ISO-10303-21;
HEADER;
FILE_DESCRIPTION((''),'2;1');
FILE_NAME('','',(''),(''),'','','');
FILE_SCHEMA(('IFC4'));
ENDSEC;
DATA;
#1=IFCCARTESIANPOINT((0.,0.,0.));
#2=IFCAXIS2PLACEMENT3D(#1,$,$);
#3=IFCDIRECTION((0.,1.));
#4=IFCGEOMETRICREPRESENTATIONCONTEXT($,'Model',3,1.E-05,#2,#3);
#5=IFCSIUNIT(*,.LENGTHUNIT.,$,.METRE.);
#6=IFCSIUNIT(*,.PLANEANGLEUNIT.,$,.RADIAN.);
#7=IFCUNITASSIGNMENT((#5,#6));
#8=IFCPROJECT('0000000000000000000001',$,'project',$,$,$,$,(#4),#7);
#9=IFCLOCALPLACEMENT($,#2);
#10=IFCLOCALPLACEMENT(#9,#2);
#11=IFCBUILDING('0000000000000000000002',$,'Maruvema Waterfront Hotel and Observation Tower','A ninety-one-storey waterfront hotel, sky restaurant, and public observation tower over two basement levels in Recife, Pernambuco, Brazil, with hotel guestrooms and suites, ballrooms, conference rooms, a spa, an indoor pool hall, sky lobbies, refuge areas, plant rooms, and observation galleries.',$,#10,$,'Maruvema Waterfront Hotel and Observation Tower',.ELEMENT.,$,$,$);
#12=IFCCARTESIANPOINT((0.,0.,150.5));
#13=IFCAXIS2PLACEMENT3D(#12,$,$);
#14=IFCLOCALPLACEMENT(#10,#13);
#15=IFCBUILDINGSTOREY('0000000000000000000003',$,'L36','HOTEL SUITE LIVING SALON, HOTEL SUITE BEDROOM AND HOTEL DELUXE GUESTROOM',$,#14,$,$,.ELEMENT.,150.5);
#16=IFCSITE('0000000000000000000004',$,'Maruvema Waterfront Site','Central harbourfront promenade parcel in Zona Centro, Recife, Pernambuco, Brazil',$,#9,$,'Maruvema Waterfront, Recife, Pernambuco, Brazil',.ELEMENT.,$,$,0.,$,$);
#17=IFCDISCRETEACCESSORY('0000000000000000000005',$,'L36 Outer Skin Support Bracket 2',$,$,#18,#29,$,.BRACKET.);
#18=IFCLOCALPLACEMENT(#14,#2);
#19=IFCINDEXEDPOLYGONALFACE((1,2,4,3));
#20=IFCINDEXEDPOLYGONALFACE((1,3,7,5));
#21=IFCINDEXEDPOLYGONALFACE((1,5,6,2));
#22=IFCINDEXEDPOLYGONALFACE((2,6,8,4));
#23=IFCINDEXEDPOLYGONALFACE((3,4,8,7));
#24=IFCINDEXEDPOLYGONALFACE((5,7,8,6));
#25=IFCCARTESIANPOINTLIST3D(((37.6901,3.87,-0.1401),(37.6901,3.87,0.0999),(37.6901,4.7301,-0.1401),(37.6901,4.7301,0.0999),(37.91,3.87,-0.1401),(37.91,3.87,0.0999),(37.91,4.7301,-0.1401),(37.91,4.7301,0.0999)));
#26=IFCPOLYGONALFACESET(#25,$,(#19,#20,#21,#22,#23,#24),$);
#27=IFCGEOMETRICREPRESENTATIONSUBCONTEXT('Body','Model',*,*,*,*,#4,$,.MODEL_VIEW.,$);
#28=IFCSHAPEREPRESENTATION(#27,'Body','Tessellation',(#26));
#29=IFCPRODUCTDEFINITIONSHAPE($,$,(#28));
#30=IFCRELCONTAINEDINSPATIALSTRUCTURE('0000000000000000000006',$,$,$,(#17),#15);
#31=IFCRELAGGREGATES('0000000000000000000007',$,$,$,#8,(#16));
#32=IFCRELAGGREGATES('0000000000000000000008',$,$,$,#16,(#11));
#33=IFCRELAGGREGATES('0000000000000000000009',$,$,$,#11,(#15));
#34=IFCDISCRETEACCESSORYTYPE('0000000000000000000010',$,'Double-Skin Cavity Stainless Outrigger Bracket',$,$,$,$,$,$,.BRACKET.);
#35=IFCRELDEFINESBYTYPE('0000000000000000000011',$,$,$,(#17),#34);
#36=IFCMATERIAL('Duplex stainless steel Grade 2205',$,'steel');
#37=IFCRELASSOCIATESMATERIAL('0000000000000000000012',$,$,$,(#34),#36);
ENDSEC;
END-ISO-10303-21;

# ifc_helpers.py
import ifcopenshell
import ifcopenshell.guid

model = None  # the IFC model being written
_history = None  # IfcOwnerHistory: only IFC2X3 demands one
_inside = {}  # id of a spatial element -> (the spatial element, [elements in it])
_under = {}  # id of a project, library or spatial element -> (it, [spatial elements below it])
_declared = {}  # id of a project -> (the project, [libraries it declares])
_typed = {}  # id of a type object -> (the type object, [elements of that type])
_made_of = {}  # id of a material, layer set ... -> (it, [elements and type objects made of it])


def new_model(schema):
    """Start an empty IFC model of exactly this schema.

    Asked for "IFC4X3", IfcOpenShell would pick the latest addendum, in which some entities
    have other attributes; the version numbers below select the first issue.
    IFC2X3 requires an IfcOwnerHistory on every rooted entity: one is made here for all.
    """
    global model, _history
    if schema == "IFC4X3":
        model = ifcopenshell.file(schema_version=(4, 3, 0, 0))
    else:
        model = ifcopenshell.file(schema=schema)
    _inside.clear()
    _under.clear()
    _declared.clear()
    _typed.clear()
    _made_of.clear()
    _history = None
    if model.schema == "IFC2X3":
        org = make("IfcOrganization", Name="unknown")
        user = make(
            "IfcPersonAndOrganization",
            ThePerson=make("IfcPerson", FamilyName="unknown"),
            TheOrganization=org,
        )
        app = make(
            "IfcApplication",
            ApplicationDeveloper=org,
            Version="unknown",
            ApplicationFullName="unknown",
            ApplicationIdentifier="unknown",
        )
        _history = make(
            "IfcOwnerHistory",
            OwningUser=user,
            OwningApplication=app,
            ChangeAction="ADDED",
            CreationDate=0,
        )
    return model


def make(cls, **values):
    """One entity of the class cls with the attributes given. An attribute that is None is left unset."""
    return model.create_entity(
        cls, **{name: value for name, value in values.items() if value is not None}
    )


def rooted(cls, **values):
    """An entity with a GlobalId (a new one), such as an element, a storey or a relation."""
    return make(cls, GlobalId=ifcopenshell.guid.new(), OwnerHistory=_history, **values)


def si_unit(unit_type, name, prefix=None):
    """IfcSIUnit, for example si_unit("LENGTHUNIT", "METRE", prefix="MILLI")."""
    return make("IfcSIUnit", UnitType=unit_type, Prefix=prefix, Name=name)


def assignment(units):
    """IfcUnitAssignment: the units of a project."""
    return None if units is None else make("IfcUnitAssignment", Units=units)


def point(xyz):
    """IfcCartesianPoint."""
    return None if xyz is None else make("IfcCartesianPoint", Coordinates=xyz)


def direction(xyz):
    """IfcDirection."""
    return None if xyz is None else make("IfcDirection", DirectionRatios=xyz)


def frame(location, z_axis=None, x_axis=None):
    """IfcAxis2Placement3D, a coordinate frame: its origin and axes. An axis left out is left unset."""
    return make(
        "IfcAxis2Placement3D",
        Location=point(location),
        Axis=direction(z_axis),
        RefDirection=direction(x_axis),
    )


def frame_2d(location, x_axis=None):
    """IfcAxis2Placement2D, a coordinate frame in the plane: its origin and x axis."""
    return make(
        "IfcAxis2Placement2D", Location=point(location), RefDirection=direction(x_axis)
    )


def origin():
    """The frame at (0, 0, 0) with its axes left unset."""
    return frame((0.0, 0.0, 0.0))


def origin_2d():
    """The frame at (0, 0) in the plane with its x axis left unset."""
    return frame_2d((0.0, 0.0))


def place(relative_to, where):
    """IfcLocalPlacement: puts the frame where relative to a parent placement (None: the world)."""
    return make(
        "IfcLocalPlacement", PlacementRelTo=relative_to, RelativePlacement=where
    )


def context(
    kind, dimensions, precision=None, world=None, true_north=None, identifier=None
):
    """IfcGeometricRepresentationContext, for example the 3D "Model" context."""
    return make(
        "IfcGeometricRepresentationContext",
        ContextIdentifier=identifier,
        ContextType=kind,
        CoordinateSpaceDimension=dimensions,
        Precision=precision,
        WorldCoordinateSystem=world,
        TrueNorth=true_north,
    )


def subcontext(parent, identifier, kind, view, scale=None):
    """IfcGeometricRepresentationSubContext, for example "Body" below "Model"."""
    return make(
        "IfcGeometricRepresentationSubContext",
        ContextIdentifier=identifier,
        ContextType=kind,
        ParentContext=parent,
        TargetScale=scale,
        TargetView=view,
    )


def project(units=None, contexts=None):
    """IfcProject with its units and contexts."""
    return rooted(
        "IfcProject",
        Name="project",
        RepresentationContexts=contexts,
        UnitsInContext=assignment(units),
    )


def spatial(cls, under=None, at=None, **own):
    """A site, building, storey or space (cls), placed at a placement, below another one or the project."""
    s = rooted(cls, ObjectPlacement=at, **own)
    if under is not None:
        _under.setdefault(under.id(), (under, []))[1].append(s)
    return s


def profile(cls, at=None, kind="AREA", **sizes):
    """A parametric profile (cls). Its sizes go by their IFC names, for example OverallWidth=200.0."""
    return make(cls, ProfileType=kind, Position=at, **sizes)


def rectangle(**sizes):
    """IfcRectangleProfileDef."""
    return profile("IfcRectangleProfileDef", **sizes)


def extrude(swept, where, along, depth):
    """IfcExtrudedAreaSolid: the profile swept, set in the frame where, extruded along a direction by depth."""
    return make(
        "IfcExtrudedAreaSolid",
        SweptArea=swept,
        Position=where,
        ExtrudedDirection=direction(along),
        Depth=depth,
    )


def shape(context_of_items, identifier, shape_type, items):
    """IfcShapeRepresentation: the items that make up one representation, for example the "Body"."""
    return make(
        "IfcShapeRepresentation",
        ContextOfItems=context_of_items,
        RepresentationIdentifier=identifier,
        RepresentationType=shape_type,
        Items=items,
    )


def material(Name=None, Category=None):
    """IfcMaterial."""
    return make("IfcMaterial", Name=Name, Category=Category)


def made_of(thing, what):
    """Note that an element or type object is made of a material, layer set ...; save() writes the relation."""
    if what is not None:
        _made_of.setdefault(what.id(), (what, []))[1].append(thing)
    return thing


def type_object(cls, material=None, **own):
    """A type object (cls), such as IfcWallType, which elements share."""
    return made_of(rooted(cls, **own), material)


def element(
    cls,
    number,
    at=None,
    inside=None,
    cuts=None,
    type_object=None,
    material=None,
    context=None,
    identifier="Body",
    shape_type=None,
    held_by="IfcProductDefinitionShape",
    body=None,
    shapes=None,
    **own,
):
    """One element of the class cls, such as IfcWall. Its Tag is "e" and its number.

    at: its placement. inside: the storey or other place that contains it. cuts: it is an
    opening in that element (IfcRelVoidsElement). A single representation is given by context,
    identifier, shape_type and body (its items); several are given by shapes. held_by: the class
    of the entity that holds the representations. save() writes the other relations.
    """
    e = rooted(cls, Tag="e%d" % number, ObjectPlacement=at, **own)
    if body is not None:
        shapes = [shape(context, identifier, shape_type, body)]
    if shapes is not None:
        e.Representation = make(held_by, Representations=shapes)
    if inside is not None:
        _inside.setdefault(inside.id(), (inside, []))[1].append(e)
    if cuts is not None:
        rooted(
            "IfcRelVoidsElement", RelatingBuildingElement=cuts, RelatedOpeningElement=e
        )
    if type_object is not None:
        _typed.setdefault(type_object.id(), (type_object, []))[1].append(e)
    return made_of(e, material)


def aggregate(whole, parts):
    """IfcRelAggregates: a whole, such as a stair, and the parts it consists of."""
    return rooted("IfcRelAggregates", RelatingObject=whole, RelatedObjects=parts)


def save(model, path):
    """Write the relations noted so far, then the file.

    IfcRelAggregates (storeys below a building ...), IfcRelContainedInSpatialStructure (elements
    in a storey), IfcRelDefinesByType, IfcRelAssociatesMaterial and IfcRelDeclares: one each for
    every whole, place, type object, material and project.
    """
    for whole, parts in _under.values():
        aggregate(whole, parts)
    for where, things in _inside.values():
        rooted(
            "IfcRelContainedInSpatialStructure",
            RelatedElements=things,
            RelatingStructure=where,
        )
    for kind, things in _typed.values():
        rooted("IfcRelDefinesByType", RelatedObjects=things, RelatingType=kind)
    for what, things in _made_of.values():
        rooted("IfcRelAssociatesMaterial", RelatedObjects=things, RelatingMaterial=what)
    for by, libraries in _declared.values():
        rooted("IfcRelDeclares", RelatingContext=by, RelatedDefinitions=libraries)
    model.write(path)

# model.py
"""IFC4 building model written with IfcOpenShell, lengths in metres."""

from ifc_helpers import new_model, si_unit, direction, frame, origin, origin_2d, place, context, subcontext, project, spatial, rectangle, extrude, material, type_object, element, save


model = new_model("IFC4")

# Units and contexts
model_context = context("Model", 3, precision=1e-05, world=origin(), true_north=direction((0.0, 1.0)))
body_context = subcontext(model_context, "Body", "Model", "MODEL_VIEW")
ifc_project = project(units=[si_unit("LENGTHUNIT", "METRE"), si_unit("PLANEANGLEUNIT", "RADIAN")], contexts=[model_context])

# Site, building, storey
site_placement = place(None, origin())
site = spatial("IfcSite", under=ifc_project, at=site_placement, Name="Maruvema Waterfront Site", Description="Central harbourfront promenade parcel in Zona Centro, Recife, Pernambuco, Brazil", LongName="Maruvema Waterfront, Recife, Pernambuco, Brazil", CompositionType="ELEMENT", RefElevation=0.0)
building_placement = place(site_placement, origin())
building = spatial("IfcBuilding", under=site, at=building_placement, Name="Maruvema Waterfront Hotel and Observation Tower", Description="A ninety-one-storey waterfront hotel, sky restaurant, and public observation tower over two basement levels in Recife, Pernambuco, Brazil, with hotel guestrooms and suites, ballrooms, conference rooms, a spa, an indoor pool hall, sky lobbies, refuge areas, plant rooms, and observation galleries.", LongName="Maruvema Waterfront Hotel and Observation Tower", CompositionType="ELEMENT")
storey_placement = place(building_placement, frame((0.0, 0.0, 150.5)))
storey = spatial("IfcBuildingStorey", under=building, at=storey_placement, Name="L36", Description="HOTEL SUITE LIVING SALON, HOTEL SUITE BEDROOM AND HOTEL DELUXE GUESTROOM", CompositionType="ELEMENT", Elevation=150.5)

# Discrete accessory
ifc_material_1 = material(Name="Duplex stainless steel Grade 2205", Category="steel")
discrete_accessory_type = type_object("IfcDiscreteAccessoryType", Name="Double-Skin Cavity Stainless Outrigger Bracket", PredefinedType="BRACKET", material=ifc_material_1)
discrete_accessory_placement = place(storey_placement, frame((37.8, 4.3, -0.1401), z_axis=(0.0, 0.0, 1.0), x_axis=(1.0, 0.0, 0.0)))
element("IfcDiscreteAccessory", 1, at=discrete_accessory_placement, inside=storey, type_object=discrete_accessory_type, Name="L36 Outer Skin Support Bracket 2", PredefinedType="BRACKET", context=body_context, shape_type="SweptSolid", body=[
    extrude(rectangle(XDim=0.22, YDim=0.8601, at=origin_2d()), origin(), (0.0, 0.0, 1.0), 0.24),
])

save(model, "model.ifc")
